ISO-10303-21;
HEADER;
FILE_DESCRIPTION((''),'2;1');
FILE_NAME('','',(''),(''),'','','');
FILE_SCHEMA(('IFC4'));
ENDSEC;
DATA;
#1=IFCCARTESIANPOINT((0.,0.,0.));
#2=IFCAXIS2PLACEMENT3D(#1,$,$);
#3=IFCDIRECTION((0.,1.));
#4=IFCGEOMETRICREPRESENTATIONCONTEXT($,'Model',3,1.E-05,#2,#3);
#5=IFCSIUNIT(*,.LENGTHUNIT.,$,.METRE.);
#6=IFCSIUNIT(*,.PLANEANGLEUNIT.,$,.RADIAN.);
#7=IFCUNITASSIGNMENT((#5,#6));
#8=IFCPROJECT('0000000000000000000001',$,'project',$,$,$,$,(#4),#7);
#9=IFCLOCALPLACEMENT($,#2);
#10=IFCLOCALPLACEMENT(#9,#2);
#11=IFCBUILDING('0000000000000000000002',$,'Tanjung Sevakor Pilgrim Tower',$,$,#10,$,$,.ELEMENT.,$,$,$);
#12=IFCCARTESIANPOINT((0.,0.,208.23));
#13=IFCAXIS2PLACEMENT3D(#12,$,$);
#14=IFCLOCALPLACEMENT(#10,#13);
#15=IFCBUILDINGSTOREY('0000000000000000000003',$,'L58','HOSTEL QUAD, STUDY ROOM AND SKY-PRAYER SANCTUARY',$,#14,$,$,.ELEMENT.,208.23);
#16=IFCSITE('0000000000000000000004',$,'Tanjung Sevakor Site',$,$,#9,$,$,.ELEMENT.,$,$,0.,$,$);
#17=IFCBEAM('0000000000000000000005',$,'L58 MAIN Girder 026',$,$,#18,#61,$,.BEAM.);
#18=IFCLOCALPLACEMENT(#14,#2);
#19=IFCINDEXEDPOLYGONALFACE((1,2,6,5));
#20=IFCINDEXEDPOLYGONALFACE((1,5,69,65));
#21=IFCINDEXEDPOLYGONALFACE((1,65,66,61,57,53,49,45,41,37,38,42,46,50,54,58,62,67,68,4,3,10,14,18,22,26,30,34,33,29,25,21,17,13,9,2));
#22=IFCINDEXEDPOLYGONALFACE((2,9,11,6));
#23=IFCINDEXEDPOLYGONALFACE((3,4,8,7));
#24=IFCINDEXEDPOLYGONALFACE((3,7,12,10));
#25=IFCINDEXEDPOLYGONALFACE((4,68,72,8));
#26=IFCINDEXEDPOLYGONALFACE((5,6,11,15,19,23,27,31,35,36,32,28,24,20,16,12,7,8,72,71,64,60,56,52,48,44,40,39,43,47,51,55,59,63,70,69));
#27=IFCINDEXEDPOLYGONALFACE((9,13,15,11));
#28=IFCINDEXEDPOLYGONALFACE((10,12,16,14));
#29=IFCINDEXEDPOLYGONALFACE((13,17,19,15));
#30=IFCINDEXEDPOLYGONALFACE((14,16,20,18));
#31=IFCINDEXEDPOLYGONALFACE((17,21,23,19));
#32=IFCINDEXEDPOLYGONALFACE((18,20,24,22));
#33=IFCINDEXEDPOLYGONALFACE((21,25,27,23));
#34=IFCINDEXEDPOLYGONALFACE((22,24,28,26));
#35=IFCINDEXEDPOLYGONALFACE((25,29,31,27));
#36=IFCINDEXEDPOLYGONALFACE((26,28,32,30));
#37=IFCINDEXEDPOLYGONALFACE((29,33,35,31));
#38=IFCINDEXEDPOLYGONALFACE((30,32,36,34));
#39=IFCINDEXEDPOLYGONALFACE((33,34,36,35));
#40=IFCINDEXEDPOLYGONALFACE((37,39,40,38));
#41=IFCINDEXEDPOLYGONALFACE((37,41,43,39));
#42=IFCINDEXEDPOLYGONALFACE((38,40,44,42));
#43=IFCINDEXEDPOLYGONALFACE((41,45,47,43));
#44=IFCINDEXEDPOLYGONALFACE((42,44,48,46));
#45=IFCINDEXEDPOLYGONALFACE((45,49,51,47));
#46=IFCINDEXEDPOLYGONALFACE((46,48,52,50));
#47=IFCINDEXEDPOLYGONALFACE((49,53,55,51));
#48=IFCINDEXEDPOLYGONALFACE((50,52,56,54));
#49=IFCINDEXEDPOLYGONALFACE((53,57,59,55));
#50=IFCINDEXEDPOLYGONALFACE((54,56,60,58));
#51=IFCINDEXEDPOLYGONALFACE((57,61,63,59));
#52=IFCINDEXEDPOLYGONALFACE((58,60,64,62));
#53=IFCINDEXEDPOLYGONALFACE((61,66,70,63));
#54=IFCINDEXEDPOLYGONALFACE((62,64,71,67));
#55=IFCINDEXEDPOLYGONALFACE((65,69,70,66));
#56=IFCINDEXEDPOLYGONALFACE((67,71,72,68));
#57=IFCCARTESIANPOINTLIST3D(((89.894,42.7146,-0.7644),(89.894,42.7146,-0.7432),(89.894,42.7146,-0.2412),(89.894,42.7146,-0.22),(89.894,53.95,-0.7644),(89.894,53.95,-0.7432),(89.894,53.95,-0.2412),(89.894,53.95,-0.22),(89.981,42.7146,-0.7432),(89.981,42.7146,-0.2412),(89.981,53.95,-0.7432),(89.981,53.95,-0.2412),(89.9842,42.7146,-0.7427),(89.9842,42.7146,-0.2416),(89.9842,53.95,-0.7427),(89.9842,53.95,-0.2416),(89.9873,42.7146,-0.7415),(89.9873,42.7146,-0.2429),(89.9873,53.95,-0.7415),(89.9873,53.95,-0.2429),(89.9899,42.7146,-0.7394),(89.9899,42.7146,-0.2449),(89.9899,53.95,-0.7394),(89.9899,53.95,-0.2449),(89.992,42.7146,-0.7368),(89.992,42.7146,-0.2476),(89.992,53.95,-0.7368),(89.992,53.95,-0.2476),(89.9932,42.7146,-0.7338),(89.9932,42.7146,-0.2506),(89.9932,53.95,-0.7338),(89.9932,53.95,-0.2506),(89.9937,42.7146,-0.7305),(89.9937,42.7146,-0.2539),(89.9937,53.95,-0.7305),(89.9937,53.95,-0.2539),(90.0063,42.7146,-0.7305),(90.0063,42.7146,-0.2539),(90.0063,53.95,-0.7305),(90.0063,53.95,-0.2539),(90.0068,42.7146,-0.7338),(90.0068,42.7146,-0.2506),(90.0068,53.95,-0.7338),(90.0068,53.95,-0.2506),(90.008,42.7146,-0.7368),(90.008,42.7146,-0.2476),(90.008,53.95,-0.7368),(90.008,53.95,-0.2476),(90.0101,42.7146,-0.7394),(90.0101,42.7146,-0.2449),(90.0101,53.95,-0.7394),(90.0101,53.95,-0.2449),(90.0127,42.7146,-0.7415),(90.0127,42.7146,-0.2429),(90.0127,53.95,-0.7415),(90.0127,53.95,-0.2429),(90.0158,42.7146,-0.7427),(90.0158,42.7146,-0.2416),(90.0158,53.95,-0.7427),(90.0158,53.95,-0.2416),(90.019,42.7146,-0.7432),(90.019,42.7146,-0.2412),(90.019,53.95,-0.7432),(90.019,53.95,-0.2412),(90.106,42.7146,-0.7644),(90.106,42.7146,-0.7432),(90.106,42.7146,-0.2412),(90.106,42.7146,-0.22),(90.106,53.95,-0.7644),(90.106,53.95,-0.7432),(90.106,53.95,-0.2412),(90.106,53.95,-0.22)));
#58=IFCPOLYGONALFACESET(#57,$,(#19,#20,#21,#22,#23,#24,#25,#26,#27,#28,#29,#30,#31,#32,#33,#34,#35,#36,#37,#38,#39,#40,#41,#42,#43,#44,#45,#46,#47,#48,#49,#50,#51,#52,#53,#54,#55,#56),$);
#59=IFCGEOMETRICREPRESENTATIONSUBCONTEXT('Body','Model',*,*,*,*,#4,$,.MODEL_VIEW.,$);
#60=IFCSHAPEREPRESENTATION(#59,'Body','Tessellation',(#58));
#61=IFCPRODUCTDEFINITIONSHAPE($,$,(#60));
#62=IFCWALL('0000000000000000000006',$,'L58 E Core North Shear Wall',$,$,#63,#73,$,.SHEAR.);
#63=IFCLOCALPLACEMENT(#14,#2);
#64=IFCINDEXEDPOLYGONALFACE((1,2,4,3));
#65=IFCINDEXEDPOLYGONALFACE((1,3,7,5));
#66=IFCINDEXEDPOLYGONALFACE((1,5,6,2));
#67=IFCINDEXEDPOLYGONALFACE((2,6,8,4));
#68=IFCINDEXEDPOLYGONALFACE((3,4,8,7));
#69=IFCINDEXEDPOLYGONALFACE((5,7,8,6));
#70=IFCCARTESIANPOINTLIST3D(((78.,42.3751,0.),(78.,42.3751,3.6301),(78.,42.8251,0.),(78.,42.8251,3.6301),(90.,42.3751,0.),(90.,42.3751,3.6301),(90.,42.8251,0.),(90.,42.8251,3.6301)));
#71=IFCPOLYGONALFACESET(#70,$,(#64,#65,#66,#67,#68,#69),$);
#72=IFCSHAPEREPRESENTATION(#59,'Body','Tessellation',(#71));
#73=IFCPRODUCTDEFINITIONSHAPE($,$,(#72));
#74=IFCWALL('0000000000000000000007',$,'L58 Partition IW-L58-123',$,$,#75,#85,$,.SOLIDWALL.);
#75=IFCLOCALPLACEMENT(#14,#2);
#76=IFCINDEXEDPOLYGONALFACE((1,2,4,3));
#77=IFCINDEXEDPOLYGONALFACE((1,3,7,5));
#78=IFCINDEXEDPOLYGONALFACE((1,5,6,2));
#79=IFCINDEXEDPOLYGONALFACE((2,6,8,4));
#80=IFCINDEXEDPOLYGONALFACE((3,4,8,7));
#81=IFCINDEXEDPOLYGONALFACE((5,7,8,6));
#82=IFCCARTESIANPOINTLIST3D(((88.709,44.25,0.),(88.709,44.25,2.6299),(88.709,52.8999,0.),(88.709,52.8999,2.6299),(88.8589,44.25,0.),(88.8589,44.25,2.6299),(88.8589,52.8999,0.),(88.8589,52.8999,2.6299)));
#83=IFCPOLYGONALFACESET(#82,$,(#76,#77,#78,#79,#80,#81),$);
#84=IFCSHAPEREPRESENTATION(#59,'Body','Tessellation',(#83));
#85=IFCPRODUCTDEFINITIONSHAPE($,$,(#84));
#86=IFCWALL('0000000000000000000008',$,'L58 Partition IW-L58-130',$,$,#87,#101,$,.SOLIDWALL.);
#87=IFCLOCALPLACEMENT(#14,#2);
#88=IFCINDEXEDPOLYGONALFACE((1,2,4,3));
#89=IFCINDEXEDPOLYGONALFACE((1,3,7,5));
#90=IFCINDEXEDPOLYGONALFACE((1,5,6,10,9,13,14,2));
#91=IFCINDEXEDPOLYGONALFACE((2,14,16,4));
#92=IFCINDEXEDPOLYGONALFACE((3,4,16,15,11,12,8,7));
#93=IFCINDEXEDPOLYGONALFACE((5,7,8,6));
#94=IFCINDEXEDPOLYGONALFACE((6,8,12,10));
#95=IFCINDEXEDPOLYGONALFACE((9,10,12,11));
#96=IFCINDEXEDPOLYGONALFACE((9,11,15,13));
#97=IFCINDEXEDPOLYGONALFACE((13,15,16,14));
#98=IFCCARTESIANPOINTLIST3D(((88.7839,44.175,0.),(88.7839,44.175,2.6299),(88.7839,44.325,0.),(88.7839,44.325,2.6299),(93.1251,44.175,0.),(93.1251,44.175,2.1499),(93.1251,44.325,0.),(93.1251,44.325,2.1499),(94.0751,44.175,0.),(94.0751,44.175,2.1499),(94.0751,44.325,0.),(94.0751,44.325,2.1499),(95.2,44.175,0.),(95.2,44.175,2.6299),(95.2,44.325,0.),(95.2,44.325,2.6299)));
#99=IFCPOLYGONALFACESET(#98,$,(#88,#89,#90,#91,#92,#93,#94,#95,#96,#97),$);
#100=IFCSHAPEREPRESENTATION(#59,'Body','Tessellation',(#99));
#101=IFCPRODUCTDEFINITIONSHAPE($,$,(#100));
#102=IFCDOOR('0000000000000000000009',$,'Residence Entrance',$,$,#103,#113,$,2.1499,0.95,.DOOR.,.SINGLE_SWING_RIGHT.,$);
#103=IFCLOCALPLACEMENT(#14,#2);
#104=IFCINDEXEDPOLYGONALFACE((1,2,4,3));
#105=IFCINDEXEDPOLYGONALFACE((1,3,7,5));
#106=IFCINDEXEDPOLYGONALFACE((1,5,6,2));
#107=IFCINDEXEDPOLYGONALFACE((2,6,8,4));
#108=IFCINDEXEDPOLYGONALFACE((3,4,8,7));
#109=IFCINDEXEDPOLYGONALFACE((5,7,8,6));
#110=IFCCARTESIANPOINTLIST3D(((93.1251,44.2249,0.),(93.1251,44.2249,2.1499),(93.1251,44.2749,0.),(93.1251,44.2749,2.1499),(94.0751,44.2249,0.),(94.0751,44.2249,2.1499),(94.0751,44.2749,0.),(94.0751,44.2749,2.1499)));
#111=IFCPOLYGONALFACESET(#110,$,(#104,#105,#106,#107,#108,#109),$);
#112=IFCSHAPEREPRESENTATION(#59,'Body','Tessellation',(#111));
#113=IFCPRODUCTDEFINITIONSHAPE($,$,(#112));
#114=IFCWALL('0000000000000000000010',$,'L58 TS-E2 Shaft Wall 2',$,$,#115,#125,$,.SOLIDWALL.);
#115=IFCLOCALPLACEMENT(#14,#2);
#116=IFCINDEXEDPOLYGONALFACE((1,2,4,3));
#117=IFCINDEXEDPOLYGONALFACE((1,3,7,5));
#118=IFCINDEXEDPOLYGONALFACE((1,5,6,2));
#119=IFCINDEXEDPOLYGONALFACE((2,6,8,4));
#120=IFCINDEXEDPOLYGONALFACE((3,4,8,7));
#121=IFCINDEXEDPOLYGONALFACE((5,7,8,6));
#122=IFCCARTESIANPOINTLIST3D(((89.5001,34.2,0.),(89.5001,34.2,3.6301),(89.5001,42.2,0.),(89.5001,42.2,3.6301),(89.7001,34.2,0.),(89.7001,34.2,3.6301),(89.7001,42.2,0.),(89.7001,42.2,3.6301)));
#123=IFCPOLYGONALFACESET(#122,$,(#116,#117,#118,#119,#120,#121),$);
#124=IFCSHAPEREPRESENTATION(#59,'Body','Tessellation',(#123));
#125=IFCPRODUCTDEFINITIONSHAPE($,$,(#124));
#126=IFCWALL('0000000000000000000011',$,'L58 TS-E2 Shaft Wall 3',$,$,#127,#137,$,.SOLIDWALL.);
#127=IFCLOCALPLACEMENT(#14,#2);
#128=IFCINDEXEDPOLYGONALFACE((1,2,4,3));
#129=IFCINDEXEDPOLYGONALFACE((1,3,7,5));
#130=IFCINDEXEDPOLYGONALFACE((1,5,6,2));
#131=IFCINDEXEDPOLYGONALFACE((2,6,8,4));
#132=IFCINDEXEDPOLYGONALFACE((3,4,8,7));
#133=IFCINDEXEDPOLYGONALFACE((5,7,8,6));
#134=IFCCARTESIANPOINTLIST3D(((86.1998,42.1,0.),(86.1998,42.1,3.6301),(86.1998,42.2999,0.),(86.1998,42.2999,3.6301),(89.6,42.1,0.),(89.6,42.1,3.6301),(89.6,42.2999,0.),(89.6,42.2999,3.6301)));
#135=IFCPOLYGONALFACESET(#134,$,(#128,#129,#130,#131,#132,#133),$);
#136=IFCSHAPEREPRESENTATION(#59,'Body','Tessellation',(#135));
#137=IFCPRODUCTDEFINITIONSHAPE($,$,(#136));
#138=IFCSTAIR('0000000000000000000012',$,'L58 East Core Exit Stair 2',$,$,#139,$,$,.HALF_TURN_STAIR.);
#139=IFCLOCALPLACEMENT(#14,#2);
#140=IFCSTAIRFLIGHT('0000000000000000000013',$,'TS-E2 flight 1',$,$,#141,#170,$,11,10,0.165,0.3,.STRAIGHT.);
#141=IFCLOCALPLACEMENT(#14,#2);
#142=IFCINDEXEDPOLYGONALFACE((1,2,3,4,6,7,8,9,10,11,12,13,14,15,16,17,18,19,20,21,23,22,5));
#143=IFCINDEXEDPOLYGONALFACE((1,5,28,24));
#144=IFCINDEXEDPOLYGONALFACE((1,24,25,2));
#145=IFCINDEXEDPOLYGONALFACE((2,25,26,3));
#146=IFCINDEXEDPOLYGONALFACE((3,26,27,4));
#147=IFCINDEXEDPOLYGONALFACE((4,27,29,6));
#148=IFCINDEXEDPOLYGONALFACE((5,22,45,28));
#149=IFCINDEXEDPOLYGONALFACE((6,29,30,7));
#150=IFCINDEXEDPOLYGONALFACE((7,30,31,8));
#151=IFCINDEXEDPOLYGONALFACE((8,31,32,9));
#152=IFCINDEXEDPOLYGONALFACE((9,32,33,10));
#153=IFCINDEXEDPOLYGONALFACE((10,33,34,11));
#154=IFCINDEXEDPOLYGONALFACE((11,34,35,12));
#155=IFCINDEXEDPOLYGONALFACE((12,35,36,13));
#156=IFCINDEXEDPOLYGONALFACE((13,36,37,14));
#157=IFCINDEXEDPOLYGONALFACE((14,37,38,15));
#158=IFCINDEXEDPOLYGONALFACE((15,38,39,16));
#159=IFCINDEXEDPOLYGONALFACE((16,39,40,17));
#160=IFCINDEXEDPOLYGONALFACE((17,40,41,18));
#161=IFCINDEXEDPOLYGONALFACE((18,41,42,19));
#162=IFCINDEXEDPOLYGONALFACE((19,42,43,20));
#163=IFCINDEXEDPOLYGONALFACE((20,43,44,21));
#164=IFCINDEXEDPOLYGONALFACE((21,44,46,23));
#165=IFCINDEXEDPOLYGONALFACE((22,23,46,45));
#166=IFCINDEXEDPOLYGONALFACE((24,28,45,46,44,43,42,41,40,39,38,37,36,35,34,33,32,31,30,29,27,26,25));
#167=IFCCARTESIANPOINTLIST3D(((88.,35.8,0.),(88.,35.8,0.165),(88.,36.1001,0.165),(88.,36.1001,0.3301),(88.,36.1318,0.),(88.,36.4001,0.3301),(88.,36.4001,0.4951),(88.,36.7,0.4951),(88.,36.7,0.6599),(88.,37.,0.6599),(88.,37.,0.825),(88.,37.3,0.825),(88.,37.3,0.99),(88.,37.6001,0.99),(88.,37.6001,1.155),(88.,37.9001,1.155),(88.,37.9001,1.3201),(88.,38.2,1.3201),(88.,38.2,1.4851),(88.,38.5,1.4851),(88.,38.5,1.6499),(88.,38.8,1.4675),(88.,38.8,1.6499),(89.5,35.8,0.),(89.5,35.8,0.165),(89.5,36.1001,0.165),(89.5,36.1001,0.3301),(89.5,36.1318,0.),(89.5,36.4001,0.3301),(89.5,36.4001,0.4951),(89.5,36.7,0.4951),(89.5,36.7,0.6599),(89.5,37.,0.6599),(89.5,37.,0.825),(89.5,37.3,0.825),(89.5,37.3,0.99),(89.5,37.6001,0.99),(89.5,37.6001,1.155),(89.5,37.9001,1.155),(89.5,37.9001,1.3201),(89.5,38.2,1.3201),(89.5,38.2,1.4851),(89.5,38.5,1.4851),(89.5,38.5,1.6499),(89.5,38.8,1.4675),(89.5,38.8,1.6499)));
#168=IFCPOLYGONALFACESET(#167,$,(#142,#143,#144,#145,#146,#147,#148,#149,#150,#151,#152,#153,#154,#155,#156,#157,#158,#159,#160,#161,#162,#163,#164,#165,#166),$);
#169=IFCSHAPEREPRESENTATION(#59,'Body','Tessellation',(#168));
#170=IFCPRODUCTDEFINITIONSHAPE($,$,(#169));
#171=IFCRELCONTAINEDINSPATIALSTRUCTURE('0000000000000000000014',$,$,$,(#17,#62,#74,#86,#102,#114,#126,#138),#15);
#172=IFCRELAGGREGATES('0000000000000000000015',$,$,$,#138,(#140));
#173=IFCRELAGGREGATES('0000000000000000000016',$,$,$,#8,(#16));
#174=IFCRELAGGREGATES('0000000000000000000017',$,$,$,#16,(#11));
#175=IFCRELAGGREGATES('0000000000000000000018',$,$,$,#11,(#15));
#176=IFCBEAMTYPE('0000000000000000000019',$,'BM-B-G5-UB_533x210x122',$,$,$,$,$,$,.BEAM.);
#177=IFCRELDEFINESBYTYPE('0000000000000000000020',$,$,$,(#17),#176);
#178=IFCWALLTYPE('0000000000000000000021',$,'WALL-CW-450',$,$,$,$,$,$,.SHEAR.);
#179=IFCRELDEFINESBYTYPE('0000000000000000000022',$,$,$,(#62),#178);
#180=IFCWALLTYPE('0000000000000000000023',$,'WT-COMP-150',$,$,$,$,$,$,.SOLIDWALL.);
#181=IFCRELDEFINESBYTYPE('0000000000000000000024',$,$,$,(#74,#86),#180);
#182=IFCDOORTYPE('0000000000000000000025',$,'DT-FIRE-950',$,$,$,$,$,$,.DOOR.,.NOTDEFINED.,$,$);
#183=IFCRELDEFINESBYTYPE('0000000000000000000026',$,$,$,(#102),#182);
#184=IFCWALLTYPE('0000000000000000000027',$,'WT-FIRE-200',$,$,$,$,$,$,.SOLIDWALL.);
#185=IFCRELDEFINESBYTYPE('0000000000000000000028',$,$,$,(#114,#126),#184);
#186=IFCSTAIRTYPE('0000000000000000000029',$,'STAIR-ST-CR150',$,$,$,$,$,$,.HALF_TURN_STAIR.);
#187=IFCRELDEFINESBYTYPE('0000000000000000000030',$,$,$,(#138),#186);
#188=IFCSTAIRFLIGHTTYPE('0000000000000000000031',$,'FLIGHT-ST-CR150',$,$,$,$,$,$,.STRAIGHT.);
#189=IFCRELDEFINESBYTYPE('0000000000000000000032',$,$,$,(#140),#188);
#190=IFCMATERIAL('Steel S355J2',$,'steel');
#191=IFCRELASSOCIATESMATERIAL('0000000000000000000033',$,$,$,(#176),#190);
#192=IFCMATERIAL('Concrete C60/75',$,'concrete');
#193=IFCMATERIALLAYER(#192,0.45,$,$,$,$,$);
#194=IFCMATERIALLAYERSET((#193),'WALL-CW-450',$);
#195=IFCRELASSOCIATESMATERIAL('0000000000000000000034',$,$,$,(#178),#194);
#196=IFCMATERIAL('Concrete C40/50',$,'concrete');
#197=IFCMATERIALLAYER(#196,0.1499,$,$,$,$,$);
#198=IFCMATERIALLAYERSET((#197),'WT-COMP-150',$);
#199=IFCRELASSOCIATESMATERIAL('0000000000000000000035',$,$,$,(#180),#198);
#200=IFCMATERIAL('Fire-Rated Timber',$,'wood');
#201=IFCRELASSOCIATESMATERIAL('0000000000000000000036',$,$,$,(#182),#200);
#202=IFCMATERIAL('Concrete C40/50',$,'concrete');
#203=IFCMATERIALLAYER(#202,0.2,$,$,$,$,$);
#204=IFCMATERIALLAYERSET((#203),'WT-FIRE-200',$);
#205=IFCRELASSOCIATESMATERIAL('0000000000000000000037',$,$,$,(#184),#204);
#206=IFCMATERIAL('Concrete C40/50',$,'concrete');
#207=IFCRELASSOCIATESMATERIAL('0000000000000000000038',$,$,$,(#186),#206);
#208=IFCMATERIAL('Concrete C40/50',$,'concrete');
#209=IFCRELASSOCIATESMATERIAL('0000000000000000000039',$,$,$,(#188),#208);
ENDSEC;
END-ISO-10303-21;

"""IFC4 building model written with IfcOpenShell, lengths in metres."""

from ifc_helpers import new_model, si_unit, direction, frame, frame_2d, origin, origin_2d, place, context, subcontext, project, spatial, polyline, rectangle, i_section, outline, extrude, material, layer, layer_set, material_profile, profile_set, type_object, element, fill, aggregate, save


model = new_model("IFC4")

# Units and contexts
model_context = context("Model", 3, precision=1e-05, world=origin(), true_north=direction((0.0, 1.0)))
body_context = subcontext(model_context, "Body", "Model", "MODEL_VIEW")
ifc_project = project(units=[si_unit("LENGTHUNIT", "METRE"), si_unit("PLANEANGLEUNIT", "RADIAN")], contexts=[model_context])

# Site, building, storey
site_placement = place(None, origin())
site = spatial("IfcSite", under=ifc_project, at=site_placement, Name="Tanjung Sevakor Site", CompositionType="ELEMENT", RefElevation=0.0)
building_placement = place(site_placement, origin())
building = spatial("IfcBuilding", under=site, at=building_placement, Name="Tanjung Sevakor Pilgrim Tower", CompositionType="ELEMENT")
storey_placement = place(building_placement, frame((0.0, 0.0, 208.23)))
storey = spatial("IfcBuildingStorey", under=building, at=storey_placement, Name="L58", Description="HOSTEL QUAD, STUDY ROOM AND SKY-PRAYER SANCTUARY", CompositionType="ELEMENT", Elevation=208.23)

# Beam
ifc_material_1 = material(Name="Steel S355J2", Category="steel")
ifc_material_profile = material_profile(ifc_material_1, i_section(OverallWidth=0.2119, OverallDepth=0.5444, WebThickness=0.0127, FlangeThickness=0.0212, FilletRadius=0.0127, at=origin_2d()))
ifc_profile_set = profile_set([ifc_material_profile], Name="Steel S355J2")
beam_type = type_object("IfcBeamType", Name="BM-B-G5-UB_533x210x122", PredefinedType="BEAM", material=ifc_profile_set)
beam_placement = place(storey_placement, frame((90.0, 42.7146, -0.4922), z_axis=(0.0, 1.0, 0.0), x_axis=(-1.0, 0.0, 0.0)))
element("IfcBeam", 1, at=beam_placement, inside=storey, type_object=beam_type, Name="L58 MAIN Girder 026", PredefinedType="BEAM", context=body_context, shape_type="SweptSolid", body=[
    extrude(i_section(OverallWidth=0.2119, OverallDepth=0.5444, WebThickness=0.0127, FlangeThickness=0.0212, FilletRadius=0.0127, at=origin_2d()), origin(), (0.0, 0.0, 1.0), 11.2354),
])

# Walls
ifc_material_2 = material(Name="Concrete C60/75", Category="concrete")
ifc_layer_1 = layer(ifc_material_2, 0.45)
ifc_layer_set_1 = layer_set([ifc_layer_1], Name="WALL-CW-450")
wall_type_1 = type_object("IfcWallType", Name="WALL-CW-450", PredefinedType="SHEAR", material=ifc_layer_set_1)
wall_1_placement = place(storey_placement, frame((90.0, 42.6001, 0.0), z_axis=(0.0, 0.0, 1.0), x_axis=(-1.0, 0.0, 0.0)))
element("IfcWall", 2, at=wall_1_placement, inside=storey, type_object=wall_type_1, Name="L58 E Core North Shear Wall", PredefinedType="SHEAR", context=body_context, shape_type="SweptSolid", body=[
    extrude(rectangle(XDim=12.0, YDim=0.45, at=frame_2d((6.0, 0.0))), origin(), (0.0, 0.0, 1.0), 3.6301),
])
ifc_material_3 = material(Name="Concrete C40/50", Category="concrete")
ifc_layer_2 = layer(ifc_material_3, 0.1499)
ifc_layer_set_2 = layer_set([ifc_layer_2], Name="WT-COMP-150")
wall_type_2 = type_object("IfcWallType", Name="WT-COMP-150", PredefinedType="SOLIDWALL", material=ifc_layer_set_2)
wall_2_placement = place(storey_placement, frame((88.7839, 44.25, 0.0), z_axis=(0.0, 0.0, 1.0), x_axis=(0.0, 1.0, 0.0)))
element("IfcWall", 3, at=wall_2_placement, inside=storey, type_object=wall_type_2, Name="L58 Partition IW-L58-123", PredefinedType="SOLIDWALL", context=body_context, shape_type="SweptSolid", body=[
    extrude(rectangle(XDim=8.6499, YDim=0.1499, at=frame_2d((4.325, 0.0))), origin(), (0.0, 0.0, 1.0), 2.6299),
])

# Wall, opening, door
wall_3_placement = place(storey_placement, frame((88.7839, 44.25, 0.0), z_axis=(0.0, 0.0, 1.0), x_axis=(1.0, 0.0, 0.0)))
wall_3 = element("IfcWall", 4, at=wall_3_placement, inside=storey, type_object=wall_type_2, Name="L58 Partition IW-L58-130", PredefinedType="SOLIDWALL", context=body_context, shape_type="SweptSolid", body=[
    extrude(rectangle(XDim=6.416, YDim=0.1499, at=frame_2d((3.208, 0.0))), origin(), (0.0, 0.0, 1.0), 2.6299),
])
opening_placement = place(wall_3_placement, frame((4.3411, 0.0, 0.0)))
opening = element("IfcOpeningElement", 5, at=opening_placement, cuts=wall_3, PredefinedType="OPENING", context=body_context, shape_type="SweptSolid", body=[
    extrude(rectangle(XDim=0.95, YDim=2.1499, at=frame_2d((0.4751, 1.075))), frame((0.0, 0.085, 0.0), z_axis=(0.0, -1.0, 0.0), x_axis=(1.0, 0.0, 0.0)), (0.0, 0.0, 1.0), 0.1699),
])
ifc_material_4 = material(Name="Fire-Rated Timber", Category="wood")
door_type = type_object("IfcDoorType", Name="DT-FIRE-950", OperationType="NOTDEFINED", PredefinedType="DOOR", material=ifc_material_4)
door_placement = place(opening_placement, origin())
door = element("IfcDoor", 6, at=door_placement, inside=storey, type_object=door_type, Name="Residence Entrance", OperationType="SINGLE_SWING_RIGHT", OverallHeight=2.1499, OverallWidth=0.95, PredefinedType="DOOR", context=body_context, shape_type="SweptSolid", body=[
    extrude(rectangle(XDim=0.95, YDim=2.1499, at=frame_2d((0.4751, 1.075))), frame((0.0, 0.0249, 0.0), z_axis=(0.0, -1.0, 0.0), x_axis=(1.0, 0.0, 0.0)), (0.0, 0.0, 1.0), 0.05),
])
fill(opening, door)

# Walls
ifc_material_5 = material(Name="Concrete C40/50", Category="concrete")
ifc_layer_3 = layer(ifc_material_5, 0.2)
ifc_layer_set_3 = layer_set([ifc_layer_3], Name="WT-FIRE-200")
wall_type_3 = type_object("IfcWallType", Name="WT-FIRE-200", PredefinedType="SOLIDWALL", material=ifc_layer_set_3)
wall_4_placement = place(storey_placement, frame((89.6001, 34.2, 0.0), z_axis=(0.0, 0.0, 1.0), x_axis=(0.0, 1.0, 0.0)))
element("IfcWall", 7, at=wall_4_placement, inside=storey, type_object=wall_type_3, Name="L58 TS-E2 Shaft Wall 2", PredefinedType="SOLIDWALL", context=body_context, shape_type="SweptSolid", body=[
    extrude(rectangle(XDim=8.0, YDim=0.2, at=frame_2d((4.0, 0.0))), origin(), (0.0, 0.0, 1.0), 3.6301),
])
wall_5_placement = place(storey_placement, frame((89.6001, 42.2, 0.0), z_axis=(0.0, 0.0, 1.0), x_axis=(-1.0, 0.0, 0.0)))
element("IfcWall", 8, at=wall_5_placement, inside=storey, type_object=wall_type_3, Name="L58 TS-E2 Shaft Wall 3", PredefinedType="SOLIDWALL", context=body_context, shape_type="SweptSolid", body=[
    extrude(rectangle(XDim=3.4001, YDim=0.2, at=frame_2d((1.7002, 0.0))), origin(), (0.0, 0.0, 1.0), 3.6301),
])

# Stair, stair flight
ifc_material_6 = material(Name="Concrete C40/50", Category="concrete")
stair_type = type_object("IfcStairType", Name="STAIR-ST-CR150", PredefinedType="HALF_TURN_STAIR", material=ifc_material_6)
stair_placement = place(storey_placement, origin())
stair = element("IfcStair", 9, at=stair_placement, inside=storey, type_object=stair_type, Name="L58 East Core Exit Stair 2", PredefinedType="HALF_TURN_STAIR")
ifc_material_7 = material(Name="Concrete C40/50", Category="concrete")
stair_flight_type = type_object("IfcStairFlightType", Name="FLIGHT-ST-CR150", PredefinedType="STRAIGHT", material=ifc_material_7)
stair_flight_placement = place(storey_placement, frame((88.75, 35.8, 0.0), z_axis=(0.0, 0.0, 1.0), x_axis=(0.0, 1.0, 0.0)))
stair_flight = element("IfcStairFlight", 10, at=stair_flight_placement, type_object=stair_flight_type, Name="TS-E2 flight 1", NumberOfRisers=11, NumberOfTreads=10, PredefinedType="STRAIGHT", RiserHeight=0.165, TreadLength=0.3, context=body_context, shape_type="SweptSolid", body=[
    extrude(outline(polyline([(0.0, 0.0), (0.0, 0.165), (0.3, 0.165), (0.3, 0.3301), (0.6001, 0.3301), (0.6001, 0.4951), (0.8999, 0.4951), (0.8999, 0.6599), (1.2, 0.6599), (1.2, 0.825), (1.5, 0.825), (1.5, 0.99), (1.8, 0.99), (1.8, 1.155), (2.1001, 1.155), (2.1001, 1.3201), (2.3999, 1.3201), (2.3999, 1.4851), (2.7, 1.4851), (2.7, 1.6499), (3.0, 1.6499), (3.0, 1.8149), (3.0, 1.4675), (0.3318, 0.0), (0.0, 0.0)])), frame((0.0, 0.75, 0.0), z_axis=(0.0, -1.0, 0.0), x_axis=(1.0, 0.0, 0.0)), (0.0, 0.0, 1.0), 1.5),
])
aggregate(stair, [stair_flight])

save(model, "model.ifc")
